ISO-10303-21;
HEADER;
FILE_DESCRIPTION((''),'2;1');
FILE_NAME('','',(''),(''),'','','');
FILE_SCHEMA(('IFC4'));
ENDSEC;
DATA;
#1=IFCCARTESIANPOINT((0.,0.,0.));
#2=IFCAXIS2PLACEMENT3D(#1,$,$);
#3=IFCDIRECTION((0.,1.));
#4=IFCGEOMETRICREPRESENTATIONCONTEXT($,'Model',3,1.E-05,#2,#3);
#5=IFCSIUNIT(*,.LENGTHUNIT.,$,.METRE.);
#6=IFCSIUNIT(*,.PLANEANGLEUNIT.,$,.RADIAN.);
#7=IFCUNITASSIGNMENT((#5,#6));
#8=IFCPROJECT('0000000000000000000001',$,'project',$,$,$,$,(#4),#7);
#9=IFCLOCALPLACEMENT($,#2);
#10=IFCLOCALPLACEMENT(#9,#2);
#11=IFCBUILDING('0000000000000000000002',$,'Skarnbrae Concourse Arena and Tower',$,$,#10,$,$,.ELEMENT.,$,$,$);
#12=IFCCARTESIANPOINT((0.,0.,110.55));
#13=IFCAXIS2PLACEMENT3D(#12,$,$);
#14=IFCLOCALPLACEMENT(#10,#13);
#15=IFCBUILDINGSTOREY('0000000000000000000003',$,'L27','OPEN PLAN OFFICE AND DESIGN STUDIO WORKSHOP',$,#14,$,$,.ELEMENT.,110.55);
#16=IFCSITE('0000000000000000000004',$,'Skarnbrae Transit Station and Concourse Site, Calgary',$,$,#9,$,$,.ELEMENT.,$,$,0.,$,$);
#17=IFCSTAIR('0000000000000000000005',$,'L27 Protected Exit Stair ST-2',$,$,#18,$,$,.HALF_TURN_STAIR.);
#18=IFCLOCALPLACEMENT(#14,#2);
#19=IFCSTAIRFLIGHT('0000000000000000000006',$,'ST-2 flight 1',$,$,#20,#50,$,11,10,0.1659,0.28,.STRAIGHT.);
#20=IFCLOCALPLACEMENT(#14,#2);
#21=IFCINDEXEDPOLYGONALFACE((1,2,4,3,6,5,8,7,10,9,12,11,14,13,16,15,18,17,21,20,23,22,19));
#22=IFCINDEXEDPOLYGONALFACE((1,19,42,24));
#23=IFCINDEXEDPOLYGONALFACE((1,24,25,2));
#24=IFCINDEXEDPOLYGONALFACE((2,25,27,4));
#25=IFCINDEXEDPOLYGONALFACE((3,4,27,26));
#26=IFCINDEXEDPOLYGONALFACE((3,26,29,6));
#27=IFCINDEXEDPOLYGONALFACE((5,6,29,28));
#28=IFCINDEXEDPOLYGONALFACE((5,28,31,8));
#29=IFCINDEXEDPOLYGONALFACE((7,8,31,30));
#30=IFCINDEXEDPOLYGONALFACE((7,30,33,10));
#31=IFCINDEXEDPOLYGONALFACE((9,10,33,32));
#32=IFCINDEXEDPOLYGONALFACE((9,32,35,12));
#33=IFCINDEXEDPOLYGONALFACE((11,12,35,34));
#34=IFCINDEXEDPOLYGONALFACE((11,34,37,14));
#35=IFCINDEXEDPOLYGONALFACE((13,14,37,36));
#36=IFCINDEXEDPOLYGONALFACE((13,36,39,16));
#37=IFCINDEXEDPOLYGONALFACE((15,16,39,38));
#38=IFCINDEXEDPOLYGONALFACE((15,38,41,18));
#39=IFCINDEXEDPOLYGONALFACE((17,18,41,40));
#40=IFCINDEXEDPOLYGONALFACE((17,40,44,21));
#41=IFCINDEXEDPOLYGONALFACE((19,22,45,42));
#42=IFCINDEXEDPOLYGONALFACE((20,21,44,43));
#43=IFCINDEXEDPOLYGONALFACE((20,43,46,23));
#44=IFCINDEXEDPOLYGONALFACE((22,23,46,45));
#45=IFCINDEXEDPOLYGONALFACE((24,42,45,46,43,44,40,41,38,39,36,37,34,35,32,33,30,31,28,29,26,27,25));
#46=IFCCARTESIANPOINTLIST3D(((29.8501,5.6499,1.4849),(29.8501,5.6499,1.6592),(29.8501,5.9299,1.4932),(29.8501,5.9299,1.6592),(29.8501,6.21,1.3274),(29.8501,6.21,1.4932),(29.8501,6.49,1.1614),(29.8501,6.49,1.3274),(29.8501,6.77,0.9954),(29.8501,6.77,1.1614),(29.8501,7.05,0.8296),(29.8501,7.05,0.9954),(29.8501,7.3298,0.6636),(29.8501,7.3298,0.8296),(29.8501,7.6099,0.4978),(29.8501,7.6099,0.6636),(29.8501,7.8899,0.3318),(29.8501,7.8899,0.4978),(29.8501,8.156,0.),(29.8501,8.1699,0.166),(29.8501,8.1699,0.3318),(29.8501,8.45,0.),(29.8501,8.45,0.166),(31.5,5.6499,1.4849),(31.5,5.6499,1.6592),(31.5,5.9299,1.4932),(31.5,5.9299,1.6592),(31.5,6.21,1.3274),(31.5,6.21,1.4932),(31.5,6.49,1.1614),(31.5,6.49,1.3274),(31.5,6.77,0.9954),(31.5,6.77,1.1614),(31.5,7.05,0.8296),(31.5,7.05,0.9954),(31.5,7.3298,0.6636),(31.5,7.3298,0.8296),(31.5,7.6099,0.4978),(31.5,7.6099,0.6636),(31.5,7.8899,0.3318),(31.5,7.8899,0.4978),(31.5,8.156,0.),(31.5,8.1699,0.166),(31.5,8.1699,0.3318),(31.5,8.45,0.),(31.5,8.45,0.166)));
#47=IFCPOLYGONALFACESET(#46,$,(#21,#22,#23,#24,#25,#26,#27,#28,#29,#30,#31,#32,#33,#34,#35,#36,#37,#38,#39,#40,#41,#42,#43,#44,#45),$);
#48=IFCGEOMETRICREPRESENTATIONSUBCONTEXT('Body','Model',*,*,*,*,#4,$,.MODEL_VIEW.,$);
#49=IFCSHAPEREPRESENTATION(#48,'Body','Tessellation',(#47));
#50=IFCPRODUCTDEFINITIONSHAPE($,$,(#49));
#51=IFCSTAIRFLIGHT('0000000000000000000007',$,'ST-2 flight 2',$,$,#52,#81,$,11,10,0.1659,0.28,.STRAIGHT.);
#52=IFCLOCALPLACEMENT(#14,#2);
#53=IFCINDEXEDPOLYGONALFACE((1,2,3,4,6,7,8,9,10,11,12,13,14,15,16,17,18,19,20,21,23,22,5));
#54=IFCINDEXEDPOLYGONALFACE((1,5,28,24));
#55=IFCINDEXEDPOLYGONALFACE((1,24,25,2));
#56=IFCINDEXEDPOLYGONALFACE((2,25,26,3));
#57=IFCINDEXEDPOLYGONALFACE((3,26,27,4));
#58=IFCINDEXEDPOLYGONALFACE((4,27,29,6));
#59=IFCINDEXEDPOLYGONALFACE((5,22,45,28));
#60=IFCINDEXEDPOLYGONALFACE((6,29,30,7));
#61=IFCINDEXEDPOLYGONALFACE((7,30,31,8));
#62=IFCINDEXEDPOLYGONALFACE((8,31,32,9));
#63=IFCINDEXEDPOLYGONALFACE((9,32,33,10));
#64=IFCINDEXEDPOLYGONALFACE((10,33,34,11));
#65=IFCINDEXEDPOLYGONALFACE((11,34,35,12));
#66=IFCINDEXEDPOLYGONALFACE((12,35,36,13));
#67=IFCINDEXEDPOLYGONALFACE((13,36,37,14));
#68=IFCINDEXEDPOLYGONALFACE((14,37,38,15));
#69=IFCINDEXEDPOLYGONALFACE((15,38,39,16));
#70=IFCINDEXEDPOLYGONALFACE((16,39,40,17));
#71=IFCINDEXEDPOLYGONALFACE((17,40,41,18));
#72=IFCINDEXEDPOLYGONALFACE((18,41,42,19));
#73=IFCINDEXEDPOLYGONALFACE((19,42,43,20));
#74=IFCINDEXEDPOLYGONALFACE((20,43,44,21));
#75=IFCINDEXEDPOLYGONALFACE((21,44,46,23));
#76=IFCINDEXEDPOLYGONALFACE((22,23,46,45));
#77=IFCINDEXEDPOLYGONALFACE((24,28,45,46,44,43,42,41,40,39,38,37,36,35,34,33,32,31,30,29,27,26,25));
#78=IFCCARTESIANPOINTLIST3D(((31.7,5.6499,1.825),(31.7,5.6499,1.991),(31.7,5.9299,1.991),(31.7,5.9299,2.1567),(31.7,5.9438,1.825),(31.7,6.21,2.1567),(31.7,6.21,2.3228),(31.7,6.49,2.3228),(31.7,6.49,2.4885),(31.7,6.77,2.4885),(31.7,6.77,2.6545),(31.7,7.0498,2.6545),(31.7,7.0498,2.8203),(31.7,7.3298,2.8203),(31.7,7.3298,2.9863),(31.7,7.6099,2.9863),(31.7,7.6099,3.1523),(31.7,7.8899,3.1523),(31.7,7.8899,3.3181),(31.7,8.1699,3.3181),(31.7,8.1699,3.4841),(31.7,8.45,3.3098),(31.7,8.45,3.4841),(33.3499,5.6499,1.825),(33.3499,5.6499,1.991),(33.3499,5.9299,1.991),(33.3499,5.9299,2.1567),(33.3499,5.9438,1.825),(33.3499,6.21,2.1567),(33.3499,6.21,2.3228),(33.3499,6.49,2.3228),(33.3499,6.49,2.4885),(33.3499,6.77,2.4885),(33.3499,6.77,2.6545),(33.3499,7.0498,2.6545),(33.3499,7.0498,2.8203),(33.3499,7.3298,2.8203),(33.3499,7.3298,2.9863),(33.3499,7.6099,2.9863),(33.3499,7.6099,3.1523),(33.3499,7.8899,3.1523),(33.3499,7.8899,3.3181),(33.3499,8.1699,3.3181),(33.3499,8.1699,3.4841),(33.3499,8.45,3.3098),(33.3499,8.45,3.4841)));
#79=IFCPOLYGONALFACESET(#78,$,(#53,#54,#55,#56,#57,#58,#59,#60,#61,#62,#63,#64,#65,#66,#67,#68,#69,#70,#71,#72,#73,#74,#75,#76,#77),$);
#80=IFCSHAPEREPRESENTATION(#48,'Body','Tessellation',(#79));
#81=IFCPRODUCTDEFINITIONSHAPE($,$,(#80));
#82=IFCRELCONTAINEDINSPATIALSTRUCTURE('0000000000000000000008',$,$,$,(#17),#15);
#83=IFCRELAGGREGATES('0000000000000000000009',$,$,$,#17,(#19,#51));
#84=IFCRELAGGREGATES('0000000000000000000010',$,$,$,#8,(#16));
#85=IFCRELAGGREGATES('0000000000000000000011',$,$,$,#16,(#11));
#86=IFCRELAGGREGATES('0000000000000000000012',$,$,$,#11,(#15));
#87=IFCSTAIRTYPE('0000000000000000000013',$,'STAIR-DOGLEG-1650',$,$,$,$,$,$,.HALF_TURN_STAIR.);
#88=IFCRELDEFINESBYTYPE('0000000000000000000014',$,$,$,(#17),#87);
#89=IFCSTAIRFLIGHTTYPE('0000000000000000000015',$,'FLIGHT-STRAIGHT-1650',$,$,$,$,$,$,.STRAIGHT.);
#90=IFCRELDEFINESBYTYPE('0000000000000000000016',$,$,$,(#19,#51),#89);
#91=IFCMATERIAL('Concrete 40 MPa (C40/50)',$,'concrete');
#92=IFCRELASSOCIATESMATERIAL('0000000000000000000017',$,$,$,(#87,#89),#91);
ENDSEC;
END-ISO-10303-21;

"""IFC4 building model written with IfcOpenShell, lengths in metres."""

from ifc_helpers import new_model, si_unit, direction, frame, origin, place, context, subcontext, project, spatial, polyline, outline, extrude, source, transform, mapped, material, type_object, element, aggregate, save


model = new_model("IFC4")

# Units and contexts
model_context = context("Model", 3, precision=1e-05, world=origin(), true_north=direction((0.0, 1.0)))
body_context = subcontext(model_context, "Body", "Model", "MODEL_VIEW")
ifc_project = project(units=[si_unit("LENGTHUNIT", "METRE"), si_unit("PLANEANGLEUNIT", "RADIAN")], contexts=[model_context])

# Site, building, storey
site_placement = place(None, origin())
site = spatial("IfcSite", under=ifc_project, at=site_placement, Name="Skarnbrae Transit Station and Concourse Site, Calgary", CompositionType="ELEMENT", RefElevation=0.0)
building_placement = place(site_placement, origin())
building = spatial("IfcBuilding", under=site, at=building_placement, Name="Skarnbrae Concourse Arena and Tower", CompositionType="ELEMENT")
storey_placement = place(building_placement, frame((0.0, 0.0, 110.55)))
storey = spatial("IfcBuildingStorey", under=building, at=storey_placement, Name="L27", Description="OPEN PLAN OFFICE AND DESIGN STUDIO WORKSHOP", CompositionType="ELEMENT", Elevation=110.55)

# Stair, stair flights
ifc_material_1 = material(Name="Concrete 40 MPa (C40/50)", Category="concrete")
stair_type = type_object("IfcStairType", Name="STAIR-DOGLEG-1650", PredefinedType="HALF_TURN_STAIR", material=ifc_material_1)
stair_placement = place(storey_placement, origin())
stair = element("IfcStair", 1, at=stair_placement, inside=storey, type_object=stair_type, Name="L27 Protected Exit Stair ST-2", PredefinedType="HALF_TURN_STAIR")
stair_flight_type = type_object("IfcStairFlightType", Name="FLIGHT-STRAIGHT-1650", PredefinedType="STRAIGHT", material=ifc_material_1)
shared_shape_1 = source(origin(), body_context, "Body", "SweptSolid", [
    extrude(outline(polyline([(0.0, 0.0), (0.0, 0.166), (0.28, 0.166), (0.28, 0.3318), (0.5601, 0.3318), (0.5601, 0.4978), (0.8401, 0.4978), (0.8401, 0.6636), (1.1201, 0.6636), (1.1201, 0.8296), (1.3999, 0.8296), (1.3999, 0.9954), (1.6799, 0.9954), (1.6799, 1.1614), (1.96, 1.1614), (1.96, 1.3274), (2.24, 1.3274), (2.24, 1.4932), (2.52, 1.4932), (2.52, 1.6592), (2.8, 1.6592), (2.8, 1.825), (2.8, 1.4849), (0.2939, 0.0), (0.0, 0.0)])), frame((0.0, 0.825, 0.0), z_axis=(0.0, -1.0, 0.0), x_axis=(1.0, 0.0, 0.0)), (0.0, 0.0, 1.0), 1.6499),
])
stair_flight_1_placement = place(storey_placement, frame((30.675, 8.45, 0.0), z_axis=(0.0, 0.0, 1.0), x_axis=(0.0, -1.0, 0.0)))
stair_flight_1 = element("IfcStairFlight", 2, at=stair_flight_1_placement, type_object=stair_flight_type, Name="ST-2 flight 1", NumberOfRisers=11, NumberOfTreads=10, PredefinedType="STRAIGHT", RiserHeight=0.1659, TreadLength=0.28, context=body_context, shape_type="MappedRepresentation", body=[
    mapped(shared_shape_1, transform((0.0, 0.0, 0.0))),
])
stair_flight_2_placement = place(storey_placement, frame((32.5249, 5.6499, 1.825), z_axis=(0.0, 0.0, 1.0), x_axis=(0.0, 1.0, 0.0)))
stair_flight_2 = element("IfcStairFlight", 3, at=stair_flight_2_placement, type_object=stair_flight_type, Name="ST-2 flight 2", NumberOfRisers=11, NumberOfTreads=10, PredefinedType="STRAIGHT", RiserHeight=0.1659, TreadLength=0.28, context=body_context, shape_type="MappedRepresentation", body=[
    mapped(shared_shape_1, transform((0.0, 0.0, 0.0))),
])
aggregate(stair, [stair_flight_1, stair_flight_2])

save(model, "model.ifc")
